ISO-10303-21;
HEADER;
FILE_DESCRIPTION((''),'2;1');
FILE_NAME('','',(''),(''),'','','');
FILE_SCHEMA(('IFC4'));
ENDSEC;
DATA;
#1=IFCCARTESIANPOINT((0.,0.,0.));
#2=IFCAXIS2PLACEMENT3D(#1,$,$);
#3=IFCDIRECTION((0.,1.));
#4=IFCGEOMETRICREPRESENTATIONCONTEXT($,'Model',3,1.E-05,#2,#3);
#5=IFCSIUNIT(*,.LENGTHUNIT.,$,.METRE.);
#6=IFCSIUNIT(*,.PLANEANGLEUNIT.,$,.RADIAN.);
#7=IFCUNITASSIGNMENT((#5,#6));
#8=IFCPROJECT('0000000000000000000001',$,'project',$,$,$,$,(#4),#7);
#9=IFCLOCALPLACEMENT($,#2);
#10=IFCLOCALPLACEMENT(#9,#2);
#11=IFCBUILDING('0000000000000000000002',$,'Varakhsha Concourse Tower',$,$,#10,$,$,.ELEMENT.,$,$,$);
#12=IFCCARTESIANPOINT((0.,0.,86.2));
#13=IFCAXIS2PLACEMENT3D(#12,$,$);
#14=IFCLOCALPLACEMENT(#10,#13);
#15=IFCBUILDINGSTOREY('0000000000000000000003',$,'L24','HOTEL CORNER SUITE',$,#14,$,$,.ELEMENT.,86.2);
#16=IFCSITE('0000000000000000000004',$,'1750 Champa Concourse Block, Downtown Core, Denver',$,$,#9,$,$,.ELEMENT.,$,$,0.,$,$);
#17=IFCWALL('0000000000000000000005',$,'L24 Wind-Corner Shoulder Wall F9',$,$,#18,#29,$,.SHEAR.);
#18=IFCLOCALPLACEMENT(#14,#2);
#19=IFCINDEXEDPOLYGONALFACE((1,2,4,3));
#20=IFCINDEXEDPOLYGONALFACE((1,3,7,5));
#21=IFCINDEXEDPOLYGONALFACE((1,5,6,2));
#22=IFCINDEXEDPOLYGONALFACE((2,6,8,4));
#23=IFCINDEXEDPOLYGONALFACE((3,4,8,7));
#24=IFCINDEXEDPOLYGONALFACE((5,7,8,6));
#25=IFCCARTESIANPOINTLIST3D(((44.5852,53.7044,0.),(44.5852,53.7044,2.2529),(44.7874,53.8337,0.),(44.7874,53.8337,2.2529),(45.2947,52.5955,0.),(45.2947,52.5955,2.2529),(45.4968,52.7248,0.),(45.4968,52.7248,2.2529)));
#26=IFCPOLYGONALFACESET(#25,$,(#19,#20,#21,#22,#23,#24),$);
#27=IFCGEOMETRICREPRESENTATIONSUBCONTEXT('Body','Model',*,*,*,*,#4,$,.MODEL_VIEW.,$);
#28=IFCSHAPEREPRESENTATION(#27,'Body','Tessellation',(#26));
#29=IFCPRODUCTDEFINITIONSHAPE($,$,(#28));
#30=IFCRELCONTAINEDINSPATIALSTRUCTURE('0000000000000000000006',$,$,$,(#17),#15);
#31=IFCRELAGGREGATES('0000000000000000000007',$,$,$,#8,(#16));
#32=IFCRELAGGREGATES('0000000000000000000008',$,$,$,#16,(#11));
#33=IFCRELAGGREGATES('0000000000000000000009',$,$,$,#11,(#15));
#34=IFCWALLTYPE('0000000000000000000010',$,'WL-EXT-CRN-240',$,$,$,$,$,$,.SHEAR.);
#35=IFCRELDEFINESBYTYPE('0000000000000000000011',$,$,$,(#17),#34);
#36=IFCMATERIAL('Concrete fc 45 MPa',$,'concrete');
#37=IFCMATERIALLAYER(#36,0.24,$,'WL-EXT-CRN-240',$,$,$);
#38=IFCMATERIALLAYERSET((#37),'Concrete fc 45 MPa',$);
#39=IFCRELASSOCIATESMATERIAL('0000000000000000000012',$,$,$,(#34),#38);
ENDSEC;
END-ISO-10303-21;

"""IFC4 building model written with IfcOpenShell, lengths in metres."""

from ifc_helpers import new_model, si_unit, direction, frame, frame_2d, origin, place, context, subcontext, project, spatial, rectangle, extrude, material, layer, layer_set, type_object, element, save


model = new_model("IFC4")

# Units and contexts
model_context = context("Model", 3, precision=1e-05, world=origin(), true_north=direction((0.0, 1.0)))
body_context = subcontext(model_context, "Body", "Model", "MODEL_VIEW")
ifc_project = project(units=[si_unit("LENGTHUNIT", "METRE"), si_unit("PLANEANGLEUNIT", "RADIAN")], contexts=[model_context])

# Site, building, storey
site_placement = place(None, origin())
site = spatial("IfcSite", under=ifc_project, at=site_placement, Name="1750 Champa Concourse Block, Downtown Core, Denver", CompositionType="ELEMENT", RefElevation=0.0)
building_placement = place(site_placement, origin())
building = spatial("IfcBuilding", under=site, at=building_placement, Name="Varakhsha Concourse Tower", CompositionType="ELEMENT")
storey_placement = place(building_placement, frame((0.0, 0.0, 86.2)))
storey = spatial("IfcBuildingStorey", under=building, at=storey_placement, Name="L24", Description="HOTEL CORNER SUITE", CompositionType="ELEMENT", Elevation=86.2)

# Wall
ifc_material_1 = material(Name="Concrete fc 45 MPa", Category="concrete")
ifc_layer_1 = layer(ifc_material_1, 0.24, Name="WL-EXT-CRN-240")
ifc_layer_set_1 = layer_set([ifc_layer_1], Name="Concrete fc 45 MPa")
wall_type = type_object("IfcWallType", Name="WL-EXT-CRN-240", PredefinedType="SHEAR", material=ifc_layer_set_1)
wall_placement = place(storey_placement, frame((45.3958, 52.6602, 0.0), z_axis=(0.0, 0.0, 1.0), x_axis=(-0.538938, 0.842345, 0.0)))
element("IfcWall", 1, at=wall_placement, inside=storey, type_object=wall_type, Name="L24 Wind-Corner Shoulder Wall F9", PredefinedType="SHEAR", context=body_context, shape_type="SweptSolid", body=[
    extrude(rectangle(XDim=1.3164, YDim=0.24, at=frame_2d((0.6582, 0.0))), origin(), (0.0, 0.0, 1.0), 2.2529),
])

save(model, "model.ifc")
